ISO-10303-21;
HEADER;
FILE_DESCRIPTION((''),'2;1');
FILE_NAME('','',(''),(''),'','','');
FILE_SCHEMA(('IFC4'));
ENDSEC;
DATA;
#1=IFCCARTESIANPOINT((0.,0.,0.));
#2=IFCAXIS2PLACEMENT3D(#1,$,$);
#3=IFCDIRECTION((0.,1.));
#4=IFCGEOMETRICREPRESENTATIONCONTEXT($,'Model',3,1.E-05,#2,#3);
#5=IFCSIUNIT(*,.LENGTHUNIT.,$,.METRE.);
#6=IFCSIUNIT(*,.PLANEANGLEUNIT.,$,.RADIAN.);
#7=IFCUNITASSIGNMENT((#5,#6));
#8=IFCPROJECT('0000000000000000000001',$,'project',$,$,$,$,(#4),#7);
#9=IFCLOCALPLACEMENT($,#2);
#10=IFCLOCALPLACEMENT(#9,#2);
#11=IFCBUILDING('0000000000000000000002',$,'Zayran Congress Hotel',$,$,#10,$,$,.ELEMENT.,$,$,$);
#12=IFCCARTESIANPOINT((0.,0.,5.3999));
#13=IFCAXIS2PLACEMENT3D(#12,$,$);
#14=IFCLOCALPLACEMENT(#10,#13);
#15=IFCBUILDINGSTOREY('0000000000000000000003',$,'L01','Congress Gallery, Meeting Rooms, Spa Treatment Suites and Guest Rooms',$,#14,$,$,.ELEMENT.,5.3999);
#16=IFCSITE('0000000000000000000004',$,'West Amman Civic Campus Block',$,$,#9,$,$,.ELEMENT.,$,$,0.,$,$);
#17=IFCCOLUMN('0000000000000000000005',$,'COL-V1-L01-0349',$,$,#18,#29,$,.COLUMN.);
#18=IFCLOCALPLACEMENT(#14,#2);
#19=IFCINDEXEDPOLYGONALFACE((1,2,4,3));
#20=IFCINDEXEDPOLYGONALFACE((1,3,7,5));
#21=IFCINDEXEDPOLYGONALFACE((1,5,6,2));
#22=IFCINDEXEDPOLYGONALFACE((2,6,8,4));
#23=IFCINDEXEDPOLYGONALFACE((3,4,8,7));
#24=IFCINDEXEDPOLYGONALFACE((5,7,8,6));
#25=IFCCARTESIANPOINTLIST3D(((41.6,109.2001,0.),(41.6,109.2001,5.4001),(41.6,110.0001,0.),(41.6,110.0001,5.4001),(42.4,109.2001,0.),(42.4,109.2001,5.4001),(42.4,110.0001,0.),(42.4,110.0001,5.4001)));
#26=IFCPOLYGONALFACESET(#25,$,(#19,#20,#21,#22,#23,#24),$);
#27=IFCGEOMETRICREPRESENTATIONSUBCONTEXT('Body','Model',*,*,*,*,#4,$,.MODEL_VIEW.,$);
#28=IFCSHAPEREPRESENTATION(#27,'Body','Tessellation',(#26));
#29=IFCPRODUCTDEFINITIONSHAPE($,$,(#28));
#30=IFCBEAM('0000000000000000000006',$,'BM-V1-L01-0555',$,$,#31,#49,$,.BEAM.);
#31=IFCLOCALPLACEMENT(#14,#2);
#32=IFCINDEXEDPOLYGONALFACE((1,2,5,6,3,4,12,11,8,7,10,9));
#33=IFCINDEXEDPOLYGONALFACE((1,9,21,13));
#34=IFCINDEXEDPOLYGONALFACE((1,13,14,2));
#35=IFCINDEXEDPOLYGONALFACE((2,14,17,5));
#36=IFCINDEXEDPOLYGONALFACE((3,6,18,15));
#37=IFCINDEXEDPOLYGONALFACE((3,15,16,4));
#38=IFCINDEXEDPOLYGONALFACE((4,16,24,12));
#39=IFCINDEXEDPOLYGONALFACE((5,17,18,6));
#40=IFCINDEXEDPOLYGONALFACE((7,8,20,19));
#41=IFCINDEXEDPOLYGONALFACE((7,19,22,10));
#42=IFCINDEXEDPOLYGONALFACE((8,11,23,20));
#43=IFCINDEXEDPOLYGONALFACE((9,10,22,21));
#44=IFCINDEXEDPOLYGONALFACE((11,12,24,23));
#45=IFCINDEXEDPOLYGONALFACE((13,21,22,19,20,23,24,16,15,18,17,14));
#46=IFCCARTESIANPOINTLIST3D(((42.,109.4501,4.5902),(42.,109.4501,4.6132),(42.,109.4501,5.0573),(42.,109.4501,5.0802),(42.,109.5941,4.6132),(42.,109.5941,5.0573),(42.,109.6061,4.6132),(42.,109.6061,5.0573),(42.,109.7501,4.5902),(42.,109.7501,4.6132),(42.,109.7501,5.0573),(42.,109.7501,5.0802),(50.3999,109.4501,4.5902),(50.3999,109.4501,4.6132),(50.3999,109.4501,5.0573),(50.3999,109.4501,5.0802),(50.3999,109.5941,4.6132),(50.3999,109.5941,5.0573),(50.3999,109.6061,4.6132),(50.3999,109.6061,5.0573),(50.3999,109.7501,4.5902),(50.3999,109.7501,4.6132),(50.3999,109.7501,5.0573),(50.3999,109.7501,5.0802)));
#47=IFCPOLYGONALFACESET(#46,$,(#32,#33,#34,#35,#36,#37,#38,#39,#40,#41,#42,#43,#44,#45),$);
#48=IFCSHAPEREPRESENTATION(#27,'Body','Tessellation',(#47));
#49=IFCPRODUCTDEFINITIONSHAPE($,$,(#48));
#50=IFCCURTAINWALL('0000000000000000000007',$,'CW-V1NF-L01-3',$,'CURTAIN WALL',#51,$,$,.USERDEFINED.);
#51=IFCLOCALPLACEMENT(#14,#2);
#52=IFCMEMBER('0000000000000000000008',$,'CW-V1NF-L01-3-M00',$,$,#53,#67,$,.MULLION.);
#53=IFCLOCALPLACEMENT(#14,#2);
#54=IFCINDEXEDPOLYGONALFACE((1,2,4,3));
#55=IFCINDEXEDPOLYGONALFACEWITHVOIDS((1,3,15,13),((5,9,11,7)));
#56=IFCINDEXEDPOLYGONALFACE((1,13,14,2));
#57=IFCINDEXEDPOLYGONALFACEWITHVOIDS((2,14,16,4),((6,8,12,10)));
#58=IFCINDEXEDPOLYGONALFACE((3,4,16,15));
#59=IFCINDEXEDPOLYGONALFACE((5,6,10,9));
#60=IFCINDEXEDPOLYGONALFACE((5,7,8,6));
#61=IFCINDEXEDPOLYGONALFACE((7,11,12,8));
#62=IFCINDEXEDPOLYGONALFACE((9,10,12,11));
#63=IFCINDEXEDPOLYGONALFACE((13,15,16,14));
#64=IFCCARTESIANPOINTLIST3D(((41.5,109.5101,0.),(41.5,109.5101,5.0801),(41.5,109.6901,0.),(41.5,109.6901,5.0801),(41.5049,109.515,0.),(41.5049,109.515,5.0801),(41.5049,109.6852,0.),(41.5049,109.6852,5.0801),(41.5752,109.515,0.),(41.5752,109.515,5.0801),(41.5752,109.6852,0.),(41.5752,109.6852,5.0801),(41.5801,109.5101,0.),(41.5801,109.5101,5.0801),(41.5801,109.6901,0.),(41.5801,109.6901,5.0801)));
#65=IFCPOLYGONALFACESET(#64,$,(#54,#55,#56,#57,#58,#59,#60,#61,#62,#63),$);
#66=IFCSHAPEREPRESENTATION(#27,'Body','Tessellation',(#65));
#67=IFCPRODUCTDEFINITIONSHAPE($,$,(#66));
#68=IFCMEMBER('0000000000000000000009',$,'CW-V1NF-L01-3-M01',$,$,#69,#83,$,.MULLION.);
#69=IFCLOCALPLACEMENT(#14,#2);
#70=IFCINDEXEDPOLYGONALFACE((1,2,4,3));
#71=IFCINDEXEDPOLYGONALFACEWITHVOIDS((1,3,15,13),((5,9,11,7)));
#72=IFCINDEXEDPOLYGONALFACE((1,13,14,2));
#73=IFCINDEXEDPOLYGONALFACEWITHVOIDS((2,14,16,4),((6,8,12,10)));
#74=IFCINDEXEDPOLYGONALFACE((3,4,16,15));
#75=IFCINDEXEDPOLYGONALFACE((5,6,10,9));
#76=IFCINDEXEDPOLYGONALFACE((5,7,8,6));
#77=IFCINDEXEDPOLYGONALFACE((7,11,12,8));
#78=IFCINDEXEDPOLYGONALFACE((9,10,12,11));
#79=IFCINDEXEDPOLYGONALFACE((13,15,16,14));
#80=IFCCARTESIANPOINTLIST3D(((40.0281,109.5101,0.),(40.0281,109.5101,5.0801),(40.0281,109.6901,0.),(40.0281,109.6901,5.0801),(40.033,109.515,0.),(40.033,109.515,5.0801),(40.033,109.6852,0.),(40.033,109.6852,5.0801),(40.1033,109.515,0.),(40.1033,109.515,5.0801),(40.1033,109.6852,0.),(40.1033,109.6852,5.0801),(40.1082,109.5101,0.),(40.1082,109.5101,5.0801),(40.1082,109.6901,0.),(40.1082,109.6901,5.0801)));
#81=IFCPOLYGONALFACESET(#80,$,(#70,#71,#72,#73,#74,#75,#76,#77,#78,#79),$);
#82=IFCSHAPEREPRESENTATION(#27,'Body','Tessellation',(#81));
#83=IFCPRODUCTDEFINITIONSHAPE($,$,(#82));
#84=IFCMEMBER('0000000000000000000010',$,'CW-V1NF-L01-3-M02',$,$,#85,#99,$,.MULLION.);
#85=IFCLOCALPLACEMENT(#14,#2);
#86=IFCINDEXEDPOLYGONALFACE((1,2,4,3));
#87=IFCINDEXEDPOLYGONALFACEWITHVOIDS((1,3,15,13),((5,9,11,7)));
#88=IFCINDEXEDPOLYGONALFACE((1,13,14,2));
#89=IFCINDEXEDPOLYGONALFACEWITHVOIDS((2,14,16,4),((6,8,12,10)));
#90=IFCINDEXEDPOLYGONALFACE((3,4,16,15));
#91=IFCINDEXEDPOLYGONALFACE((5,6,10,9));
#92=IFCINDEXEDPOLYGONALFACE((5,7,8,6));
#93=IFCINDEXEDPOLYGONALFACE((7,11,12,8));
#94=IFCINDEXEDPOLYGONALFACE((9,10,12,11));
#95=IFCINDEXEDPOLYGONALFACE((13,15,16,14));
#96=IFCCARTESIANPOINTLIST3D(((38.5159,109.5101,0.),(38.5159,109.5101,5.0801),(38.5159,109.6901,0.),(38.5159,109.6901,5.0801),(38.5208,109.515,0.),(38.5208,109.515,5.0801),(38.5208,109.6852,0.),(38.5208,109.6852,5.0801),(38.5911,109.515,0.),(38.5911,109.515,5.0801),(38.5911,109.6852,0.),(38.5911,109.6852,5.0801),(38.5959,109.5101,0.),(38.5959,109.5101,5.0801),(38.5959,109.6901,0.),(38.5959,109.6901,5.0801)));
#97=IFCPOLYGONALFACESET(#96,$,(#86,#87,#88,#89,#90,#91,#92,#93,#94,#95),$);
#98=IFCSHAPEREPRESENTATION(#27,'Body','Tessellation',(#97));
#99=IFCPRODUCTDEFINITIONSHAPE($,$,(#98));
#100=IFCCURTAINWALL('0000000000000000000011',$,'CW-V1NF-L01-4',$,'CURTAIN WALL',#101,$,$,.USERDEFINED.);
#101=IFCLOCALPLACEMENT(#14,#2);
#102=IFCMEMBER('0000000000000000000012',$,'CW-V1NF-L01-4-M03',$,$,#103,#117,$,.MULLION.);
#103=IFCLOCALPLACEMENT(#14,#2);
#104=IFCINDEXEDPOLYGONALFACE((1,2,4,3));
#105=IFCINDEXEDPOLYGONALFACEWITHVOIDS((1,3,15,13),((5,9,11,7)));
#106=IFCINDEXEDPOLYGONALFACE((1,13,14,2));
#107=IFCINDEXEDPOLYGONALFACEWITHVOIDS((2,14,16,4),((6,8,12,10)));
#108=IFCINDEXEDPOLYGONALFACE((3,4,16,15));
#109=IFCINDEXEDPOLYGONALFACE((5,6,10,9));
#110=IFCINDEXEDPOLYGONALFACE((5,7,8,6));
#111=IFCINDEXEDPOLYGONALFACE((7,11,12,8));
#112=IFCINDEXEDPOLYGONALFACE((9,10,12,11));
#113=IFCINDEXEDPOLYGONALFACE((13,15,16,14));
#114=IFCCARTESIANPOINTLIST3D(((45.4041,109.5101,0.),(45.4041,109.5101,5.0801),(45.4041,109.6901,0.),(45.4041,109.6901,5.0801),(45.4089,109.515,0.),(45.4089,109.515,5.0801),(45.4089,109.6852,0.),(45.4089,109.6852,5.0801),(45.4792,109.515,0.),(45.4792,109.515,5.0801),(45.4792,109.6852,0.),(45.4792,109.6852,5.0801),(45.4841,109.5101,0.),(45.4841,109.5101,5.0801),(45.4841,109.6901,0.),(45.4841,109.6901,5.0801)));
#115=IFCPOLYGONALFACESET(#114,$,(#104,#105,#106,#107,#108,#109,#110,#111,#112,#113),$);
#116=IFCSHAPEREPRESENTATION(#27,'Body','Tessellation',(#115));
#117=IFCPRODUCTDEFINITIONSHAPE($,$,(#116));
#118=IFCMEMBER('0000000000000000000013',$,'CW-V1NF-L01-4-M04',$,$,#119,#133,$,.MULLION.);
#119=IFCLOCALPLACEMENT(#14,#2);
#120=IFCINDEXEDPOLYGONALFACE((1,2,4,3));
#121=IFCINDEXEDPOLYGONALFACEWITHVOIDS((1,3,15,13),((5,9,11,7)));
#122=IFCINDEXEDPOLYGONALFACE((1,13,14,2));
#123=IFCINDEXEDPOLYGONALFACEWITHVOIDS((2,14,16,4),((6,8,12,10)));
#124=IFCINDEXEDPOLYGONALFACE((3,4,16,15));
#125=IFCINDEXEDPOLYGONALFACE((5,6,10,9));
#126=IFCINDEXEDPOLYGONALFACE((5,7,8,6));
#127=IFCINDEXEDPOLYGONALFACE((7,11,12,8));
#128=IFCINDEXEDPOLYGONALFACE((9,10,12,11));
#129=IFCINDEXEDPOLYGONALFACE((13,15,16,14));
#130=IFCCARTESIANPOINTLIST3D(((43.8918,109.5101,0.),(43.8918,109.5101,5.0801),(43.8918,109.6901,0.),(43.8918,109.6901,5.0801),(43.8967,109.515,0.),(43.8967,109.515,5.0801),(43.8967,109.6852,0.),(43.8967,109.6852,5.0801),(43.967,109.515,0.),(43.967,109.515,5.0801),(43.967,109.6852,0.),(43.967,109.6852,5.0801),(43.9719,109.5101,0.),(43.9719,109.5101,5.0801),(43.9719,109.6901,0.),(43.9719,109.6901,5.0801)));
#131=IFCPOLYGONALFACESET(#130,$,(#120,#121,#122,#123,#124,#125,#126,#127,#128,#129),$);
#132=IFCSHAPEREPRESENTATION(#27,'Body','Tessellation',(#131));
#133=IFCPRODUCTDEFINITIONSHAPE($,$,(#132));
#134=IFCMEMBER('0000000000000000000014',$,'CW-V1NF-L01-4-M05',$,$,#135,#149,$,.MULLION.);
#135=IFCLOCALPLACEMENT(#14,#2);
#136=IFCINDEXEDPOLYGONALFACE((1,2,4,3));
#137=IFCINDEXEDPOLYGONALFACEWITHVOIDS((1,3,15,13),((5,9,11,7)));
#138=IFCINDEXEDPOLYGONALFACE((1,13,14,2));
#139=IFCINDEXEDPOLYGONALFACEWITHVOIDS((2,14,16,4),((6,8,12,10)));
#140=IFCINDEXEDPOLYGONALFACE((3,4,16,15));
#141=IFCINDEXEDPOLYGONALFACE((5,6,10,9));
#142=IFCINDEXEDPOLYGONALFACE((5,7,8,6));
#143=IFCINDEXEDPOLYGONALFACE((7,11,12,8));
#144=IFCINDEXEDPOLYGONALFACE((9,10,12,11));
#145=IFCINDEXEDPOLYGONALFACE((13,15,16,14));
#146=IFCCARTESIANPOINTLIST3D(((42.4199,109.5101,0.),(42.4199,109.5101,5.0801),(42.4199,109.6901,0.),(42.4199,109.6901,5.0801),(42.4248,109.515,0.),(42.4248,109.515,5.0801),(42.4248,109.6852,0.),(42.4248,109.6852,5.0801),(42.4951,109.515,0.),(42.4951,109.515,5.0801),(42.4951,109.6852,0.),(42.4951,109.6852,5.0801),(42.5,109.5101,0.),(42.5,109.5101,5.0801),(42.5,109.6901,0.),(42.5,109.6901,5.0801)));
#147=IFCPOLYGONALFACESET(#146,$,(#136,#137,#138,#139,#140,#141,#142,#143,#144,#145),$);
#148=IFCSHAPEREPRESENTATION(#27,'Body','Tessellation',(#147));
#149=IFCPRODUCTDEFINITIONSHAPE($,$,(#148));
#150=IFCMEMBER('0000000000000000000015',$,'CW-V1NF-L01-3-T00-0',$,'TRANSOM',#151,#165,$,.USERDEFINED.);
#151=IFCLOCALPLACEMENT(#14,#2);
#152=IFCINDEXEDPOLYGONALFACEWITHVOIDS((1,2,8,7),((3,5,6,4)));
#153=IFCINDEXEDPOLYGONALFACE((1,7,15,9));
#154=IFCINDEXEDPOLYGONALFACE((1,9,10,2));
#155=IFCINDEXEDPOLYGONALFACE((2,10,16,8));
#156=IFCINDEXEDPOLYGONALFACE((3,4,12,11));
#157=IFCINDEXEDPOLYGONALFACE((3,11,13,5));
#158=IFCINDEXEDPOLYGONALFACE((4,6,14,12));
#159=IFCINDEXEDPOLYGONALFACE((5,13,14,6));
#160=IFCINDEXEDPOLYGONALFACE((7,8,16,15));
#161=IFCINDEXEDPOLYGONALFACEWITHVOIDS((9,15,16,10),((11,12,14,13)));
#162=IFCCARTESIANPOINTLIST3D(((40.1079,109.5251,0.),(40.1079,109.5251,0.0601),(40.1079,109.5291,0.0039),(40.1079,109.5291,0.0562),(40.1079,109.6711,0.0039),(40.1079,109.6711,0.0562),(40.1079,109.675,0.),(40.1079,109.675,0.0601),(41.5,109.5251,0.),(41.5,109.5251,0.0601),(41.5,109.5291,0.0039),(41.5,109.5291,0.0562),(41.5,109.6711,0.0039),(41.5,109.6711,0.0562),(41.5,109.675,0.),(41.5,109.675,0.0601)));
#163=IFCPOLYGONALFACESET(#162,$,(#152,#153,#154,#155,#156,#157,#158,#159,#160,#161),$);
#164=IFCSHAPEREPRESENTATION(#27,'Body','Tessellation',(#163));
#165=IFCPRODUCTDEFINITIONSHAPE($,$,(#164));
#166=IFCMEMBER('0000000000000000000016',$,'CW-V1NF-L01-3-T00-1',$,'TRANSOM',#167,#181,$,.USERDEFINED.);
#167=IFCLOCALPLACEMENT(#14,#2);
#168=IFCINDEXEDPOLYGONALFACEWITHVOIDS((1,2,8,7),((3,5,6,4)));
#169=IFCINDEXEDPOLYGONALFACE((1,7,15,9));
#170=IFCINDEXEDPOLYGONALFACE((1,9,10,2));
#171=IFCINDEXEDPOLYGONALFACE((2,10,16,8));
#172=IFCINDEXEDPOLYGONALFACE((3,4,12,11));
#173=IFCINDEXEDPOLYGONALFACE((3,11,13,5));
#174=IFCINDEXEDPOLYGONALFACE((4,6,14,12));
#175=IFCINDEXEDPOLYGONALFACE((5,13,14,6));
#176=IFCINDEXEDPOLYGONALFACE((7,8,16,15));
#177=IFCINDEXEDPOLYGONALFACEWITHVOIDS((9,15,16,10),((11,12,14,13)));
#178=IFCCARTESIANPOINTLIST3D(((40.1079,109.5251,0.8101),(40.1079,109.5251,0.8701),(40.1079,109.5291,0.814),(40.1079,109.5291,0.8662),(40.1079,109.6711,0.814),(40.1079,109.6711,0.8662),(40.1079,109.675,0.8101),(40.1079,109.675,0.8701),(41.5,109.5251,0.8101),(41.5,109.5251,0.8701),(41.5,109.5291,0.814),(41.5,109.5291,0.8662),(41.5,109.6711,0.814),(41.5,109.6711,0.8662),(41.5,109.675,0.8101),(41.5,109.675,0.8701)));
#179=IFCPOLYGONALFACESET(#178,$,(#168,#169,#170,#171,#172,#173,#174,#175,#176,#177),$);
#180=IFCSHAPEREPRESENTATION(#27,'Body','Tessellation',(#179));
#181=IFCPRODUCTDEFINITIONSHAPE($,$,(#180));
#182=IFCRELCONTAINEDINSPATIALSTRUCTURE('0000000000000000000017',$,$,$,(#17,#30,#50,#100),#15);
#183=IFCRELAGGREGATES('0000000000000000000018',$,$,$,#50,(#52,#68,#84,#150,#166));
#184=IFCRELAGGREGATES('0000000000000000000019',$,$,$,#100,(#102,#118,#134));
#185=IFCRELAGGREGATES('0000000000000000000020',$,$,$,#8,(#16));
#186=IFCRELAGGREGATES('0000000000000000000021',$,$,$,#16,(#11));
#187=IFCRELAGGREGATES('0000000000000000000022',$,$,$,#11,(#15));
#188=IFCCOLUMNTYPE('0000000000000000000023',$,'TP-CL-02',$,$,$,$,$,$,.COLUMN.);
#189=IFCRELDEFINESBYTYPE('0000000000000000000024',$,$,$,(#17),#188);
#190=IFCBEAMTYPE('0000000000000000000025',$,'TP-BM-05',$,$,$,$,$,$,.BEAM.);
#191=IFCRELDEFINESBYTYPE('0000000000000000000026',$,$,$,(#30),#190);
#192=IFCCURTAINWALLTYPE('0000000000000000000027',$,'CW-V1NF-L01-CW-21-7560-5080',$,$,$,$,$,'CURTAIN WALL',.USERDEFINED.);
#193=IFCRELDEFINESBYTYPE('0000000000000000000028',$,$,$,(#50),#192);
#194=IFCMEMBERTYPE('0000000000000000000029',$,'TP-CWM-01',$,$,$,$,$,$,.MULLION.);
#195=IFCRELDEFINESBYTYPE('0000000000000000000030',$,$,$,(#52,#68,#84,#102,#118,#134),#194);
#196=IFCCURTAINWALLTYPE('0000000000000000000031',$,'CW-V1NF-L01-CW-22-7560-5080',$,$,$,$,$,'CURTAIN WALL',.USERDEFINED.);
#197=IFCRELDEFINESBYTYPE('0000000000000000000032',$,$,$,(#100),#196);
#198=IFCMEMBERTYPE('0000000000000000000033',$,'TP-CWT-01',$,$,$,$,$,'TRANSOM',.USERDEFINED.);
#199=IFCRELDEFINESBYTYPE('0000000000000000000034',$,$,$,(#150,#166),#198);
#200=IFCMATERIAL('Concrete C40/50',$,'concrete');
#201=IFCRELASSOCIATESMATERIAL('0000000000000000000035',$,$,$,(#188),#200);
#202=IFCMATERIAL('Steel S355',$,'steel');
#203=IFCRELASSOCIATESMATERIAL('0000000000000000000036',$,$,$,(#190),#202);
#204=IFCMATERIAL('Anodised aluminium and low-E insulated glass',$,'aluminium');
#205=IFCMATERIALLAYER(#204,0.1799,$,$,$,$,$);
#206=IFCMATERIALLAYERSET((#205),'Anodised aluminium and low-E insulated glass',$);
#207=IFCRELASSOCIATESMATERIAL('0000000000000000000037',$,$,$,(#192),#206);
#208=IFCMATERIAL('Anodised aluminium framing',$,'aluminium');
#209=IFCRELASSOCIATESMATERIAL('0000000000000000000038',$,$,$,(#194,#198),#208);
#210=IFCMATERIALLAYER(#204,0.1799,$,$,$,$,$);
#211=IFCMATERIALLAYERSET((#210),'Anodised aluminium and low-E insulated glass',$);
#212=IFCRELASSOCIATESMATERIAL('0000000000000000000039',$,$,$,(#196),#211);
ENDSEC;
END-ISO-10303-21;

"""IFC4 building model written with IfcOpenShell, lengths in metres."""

from ifc_helpers import new_model, si_unit, direction, frame, origin, origin_2d, place, context, subcontext, project, spatial, rectangle, hollow_rectangle, i_section, extrude, material, layer, layer_set, material_profile, profile_set, type_object, element, aggregate, save


model = new_model("IFC4")

# Units and contexts
model_context = context("Model", 3, precision=1e-05, world=origin(), true_north=direction((0.0, 1.0)))
body_context = subcontext(model_context, "Body", "Model", "MODEL_VIEW")
ifc_project = project(units=[si_unit("LENGTHUNIT", "METRE"), si_unit("PLANEANGLEUNIT", "RADIAN")], contexts=[model_context])

# Site, building, storey
site_placement = place(None, origin())
site = spatial("IfcSite", under=ifc_project, at=site_placement, Name="West Amman Civic Campus Block", CompositionType="ELEMENT", RefElevation=0.0)
building_placement = place(site_placement, origin())
building = spatial("IfcBuilding", under=site, at=building_placement, Name="Zayran Congress Hotel", CompositionType="ELEMENT")
storey_placement = place(building_placement, frame((0.0, 0.0, 5.3999)))
storey = spatial("IfcBuildingStorey", under=building, at=storey_placement, Name="L01", Description="Congress Gallery, Meeting Rooms, Spa Treatment Suites and Guest Rooms", CompositionType="ELEMENT", Elevation=5.3999)

# Column
ifc_material_1 = material(Name="Concrete C40/50", Category="concrete")
ifc_material_profile_1 = material_profile(ifc_material_1, rectangle(XDim=0.8, YDim=0.8, at=origin_2d()), Name="RC 800x800")
ifc_profile_set_1 = profile_set([ifc_material_profile_1], Name="Concrete C40/50")
column_type = type_object("IfcColumnType", Name="TP-CL-02", PredefinedType="COLUMN", material=ifc_profile_set_1)
column_placement = place(storey_placement, frame((42.0, 109.6001, 0.0), z_axis=(0.0, 0.0, 1.0), x_axis=(1.0, 0.0, 0.0)))
element("IfcColumn", 1, at=column_placement, inside=storey, type_object=column_type, Name="COL-V1-L01-0349", PredefinedType="COLUMN", context=body_context, shape_type="SweptSolid", body=[
    extrude(rectangle(XDim=0.8, YDim=0.8, at=origin_2d()), origin(), (0.0, 0.0, 1.0), 5.4001),
])

# Beam
ifc_material_2 = material(Name="Steel S355", Category="steel")
ifc_material_profile_2 = material_profile(ifc_material_2, i_section(OverallWidth=0.3, OverallDepth=0.49, WebThickness=0.012, FlangeThickness=0.0229, at=origin_2d()), Name="HEA 500")
ifc_profile_set_2 = profile_set([ifc_material_profile_2], Name="Steel S355")
beam_type = type_object("IfcBeamType", Name="TP-BM-05", PredefinedType="BEAM", material=ifc_profile_set_2)
beam_placement = place(storey_placement, frame((42.0, 109.6001, 4.8352), z_axis=(1.0, 0.0, 0.0), x_axis=(0.0, 1.0, 0.0)))
element("IfcBeam", 2, at=beam_placement, inside=storey, type_object=beam_type, Name="BM-V1-L01-0555", PredefinedType="BEAM", context=body_context, shape_type="SweptSolid", body=[
    extrude(i_section(OverallWidth=0.3, OverallDepth=0.49, WebThickness=0.012, FlangeThickness=0.0229, at=origin_2d()), origin(), (0.0, 0.0, 1.0), 8.3999),
])

# Curtain walls, members
ifc_material_3 = material(Name="Anodised aluminium and low-E insulated glass", Category="aluminium")
ifc_layer_1 = layer(ifc_material_3, 0.1799)
ifc_layer_set_1 = layer_set([ifc_layer_1], Name="Anodised aluminium and low-E insulated glass")
curtain_wall_type_1 = type_object("IfcCurtainWallType", Name="CW-V1NF-L01-CW-21-7560-5080", ElementType="CURTAIN WALL", PredefinedType="USERDEFINED", material=ifc_layer_set_1)
curtain_wall_1_placement = place(storey_placement, origin())
curtain_wall_1 = element("IfcCurtainWall", 3, at=curtain_wall_1_placement, inside=storey, type_object=curtain_wall_type_1, Name="CW-V1NF-L01-3", ObjectType="CURTAIN WALL", PredefinedType="USERDEFINED")
ifc_material_4 = material(Name="Anodised aluminium framing", Category="aluminium")
ifc_material_profile_3 = material_profile(ifc_material_4, hollow_rectangle(XDim=0.0801, YDim=0.1799, WallThickness=0.0049, at=origin_2d()), Name="RHS 180x80x5")
ifc_profile_set_3 = profile_set([ifc_material_profile_3], Name="Anodised aluminium framing")
member_type_1 = type_object("IfcMemberType", Name="TP-CWM-01", PredefinedType="MULLION", material=ifc_profile_set_3)
member_1_placement = place(storey_placement, frame((41.54, 109.6001, 0.0), z_axis=(0.0, 0.0, 1.0), x_axis=(1.0, 0.0, 0.0)))
member_1 = element("IfcMember", 4, at=member_1_placement, type_object=member_type_1, Name="CW-V1NF-L01-3-M00", PredefinedType="MULLION", context=body_context, shape_type="SweptSolid", body=[
    extrude(hollow_rectangle(XDim=0.0801, YDim=0.1799, WallThickness=0.0049, at=origin_2d()), origin(), (0.0, 0.0, 1.0), 5.0801),
])
member_2_placement = place(storey_placement, frame((40.0681, 109.6001, 0.0), z_axis=(0.0, 0.0, 1.0), x_axis=(1.0, 0.0, 0.0)))
member_2 = element("IfcMember", 5, at=member_2_placement, type_object=member_type_1, Name="CW-V1NF-L01-3-M01", PredefinedType="MULLION", context=body_context, shape_type="SweptSolid", body=[
    extrude(hollow_rectangle(XDim=0.0801, YDim=0.1799, WallThickness=0.0049, at=origin_2d()), origin(), (0.0, 0.0, 1.0), 5.0801),
])
member_3_placement = place(storey_placement, frame((38.5559, 109.6001, 0.0), z_axis=(0.0, 0.0, 1.0), x_axis=(1.0, 0.0, 0.0)))
member_3 = element("IfcMember", 6, at=member_3_placement, type_object=member_type_1, Name="CW-V1NF-L01-3-M02", PredefinedType="MULLION", context=body_context, shape_type="SweptSolid", body=[
    extrude(hollow_rectangle(XDim=0.0801, YDim=0.1799, WallThickness=0.0049, at=origin_2d()), origin(), (0.0, 0.0, 1.0), 5.0801),
])
ifc_layer_2 = layer(ifc_material_3, 0.1799)
ifc_layer_set_2 = layer_set([ifc_layer_2], Name="Anodised aluminium and low-E insulated glass")
curtain_wall_type_2 = type_object("IfcCurtainWallType", Name="CW-V1NF-L01-CW-22-7560-5080", ElementType="CURTAIN WALL", PredefinedType="USERDEFINED", material=ifc_layer_set_2)
curtain_wall_2_placement = place(storey_placement, origin())
curtain_wall_2 = element("IfcCurtainWall", 7, at=curtain_wall_2_placement, inside=storey, type_object=curtain_wall_type_2, Name="CW-V1NF-L01-4", ObjectType="CURTAIN WALL", PredefinedType="USERDEFINED")
member_4_placement = place(storey_placement, frame((45.4441, 109.6001, 0.0), z_axis=(0.0, 0.0, 1.0), x_axis=(1.0, 0.0, 0.0)))
member_4 = element("IfcMember", 8, at=member_4_placement, type_object=member_type_1, Name="CW-V1NF-L01-4-M03", PredefinedType="MULLION", context=body_context, shape_type="SweptSolid", body=[
    extrude(hollow_rectangle(XDim=0.0801, YDim=0.1799, WallThickness=0.0049, at=origin_2d()), origin(), (0.0, 0.0, 1.0), 5.0801),
])
member_5_placement = place(storey_placement, frame((43.9319, 109.6001, 0.0), z_axis=(0.0, 0.0, 1.0), x_axis=(1.0, 0.0, 0.0)))
member_5 = element("IfcMember", 9, at=member_5_placement, type_object=member_type_1, Name="CW-V1NF-L01-4-M04", PredefinedType="MULLION", context=body_context, shape_type="SweptSolid", body=[
    extrude(hollow_rectangle(XDim=0.0801, YDim=0.1799, WallThickness=0.0049, at=origin_2d()), origin(), (0.0, 0.0, 1.0), 5.0801),
])
member_6_placement = place(storey_placement, frame((42.46, 109.6001, 0.0), z_axis=(0.0, 0.0, 1.0), x_axis=(1.0, 0.0, 0.0)))
member_6 = element("IfcMember", 10, at=member_6_placement, type_object=member_type_1, Name="CW-V1NF-L01-4-M05", PredefinedType="MULLION", context=body_context, shape_type="SweptSolid", body=[
    extrude(hollow_rectangle(XDim=0.0801, YDim=0.1799, WallThickness=0.0049, at=origin_2d()), origin(), (0.0, 0.0, 1.0), 5.0801),
])

# Members
ifc_material_profile_4 = material_profile(ifc_material_4, hollow_rectangle(XDim=0.0601, YDim=0.1499, WallThickness=0.0039, at=origin_2d()), Name="RHS 150x60x4")
ifc_profile_set_4 = profile_set([ifc_material_profile_4], Name="Anodised aluminium framing")
member_type_2 = type_object("IfcMemberType", Name="TP-CWT-01", ElementType="TRANSOM", PredefinedType="USERDEFINED", material=ifc_profile_set_4)
member_7_placement = place(storey_placement, frame((41.5, 109.6001, 0.03), z_axis=(-1.0, 0.0, 0.0), x_axis=(0.0, 0.0, 1.0)))
member_7 = element("IfcMember", 11, at=member_7_placement, type_object=member_type_2, Name="CW-V1NF-L01-3-T00-0", ObjectType="TRANSOM", PredefinedType="USERDEFINED", context=body_context, shape_type="SweptSolid", body=[
    extrude(hollow_rectangle(XDim=0.0601, YDim=0.1499, WallThickness=0.0039, at=origin_2d()), origin(), (0.0, 0.0, 1.0), 1.3921),
])
member_8_placement = place(storey_placement, frame((41.5, 109.6001, 0.8401), z_axis=(-1.0, 0.0, 0.0), x_axis=(0.0, 0.0, 1.0)))
member_8 = element("IfcMember", 12, at=member_8_placement, type_object=member_type_2, Name="CW-V1NF-L01-3-T00-1", ObjectType="TRANSOM", PredefinedType="USERDEFINED", context=body_context, shape_type="SweptSolid", body=[
    extrude(hollow_rectangle(XDim=0.0601, YDim=0.1499, WallThickness=0.0039, at=origin_2d()), origin(), (0.0, 0.0, 1.0), 1.3921),
])

aggregate(curtain_wall_1, [member_1, member_2, member_3, member_7, member_8])
aggregate(curtain_wall_2, [member_4, member_5, member_6])

save(model, "model.ifc")
